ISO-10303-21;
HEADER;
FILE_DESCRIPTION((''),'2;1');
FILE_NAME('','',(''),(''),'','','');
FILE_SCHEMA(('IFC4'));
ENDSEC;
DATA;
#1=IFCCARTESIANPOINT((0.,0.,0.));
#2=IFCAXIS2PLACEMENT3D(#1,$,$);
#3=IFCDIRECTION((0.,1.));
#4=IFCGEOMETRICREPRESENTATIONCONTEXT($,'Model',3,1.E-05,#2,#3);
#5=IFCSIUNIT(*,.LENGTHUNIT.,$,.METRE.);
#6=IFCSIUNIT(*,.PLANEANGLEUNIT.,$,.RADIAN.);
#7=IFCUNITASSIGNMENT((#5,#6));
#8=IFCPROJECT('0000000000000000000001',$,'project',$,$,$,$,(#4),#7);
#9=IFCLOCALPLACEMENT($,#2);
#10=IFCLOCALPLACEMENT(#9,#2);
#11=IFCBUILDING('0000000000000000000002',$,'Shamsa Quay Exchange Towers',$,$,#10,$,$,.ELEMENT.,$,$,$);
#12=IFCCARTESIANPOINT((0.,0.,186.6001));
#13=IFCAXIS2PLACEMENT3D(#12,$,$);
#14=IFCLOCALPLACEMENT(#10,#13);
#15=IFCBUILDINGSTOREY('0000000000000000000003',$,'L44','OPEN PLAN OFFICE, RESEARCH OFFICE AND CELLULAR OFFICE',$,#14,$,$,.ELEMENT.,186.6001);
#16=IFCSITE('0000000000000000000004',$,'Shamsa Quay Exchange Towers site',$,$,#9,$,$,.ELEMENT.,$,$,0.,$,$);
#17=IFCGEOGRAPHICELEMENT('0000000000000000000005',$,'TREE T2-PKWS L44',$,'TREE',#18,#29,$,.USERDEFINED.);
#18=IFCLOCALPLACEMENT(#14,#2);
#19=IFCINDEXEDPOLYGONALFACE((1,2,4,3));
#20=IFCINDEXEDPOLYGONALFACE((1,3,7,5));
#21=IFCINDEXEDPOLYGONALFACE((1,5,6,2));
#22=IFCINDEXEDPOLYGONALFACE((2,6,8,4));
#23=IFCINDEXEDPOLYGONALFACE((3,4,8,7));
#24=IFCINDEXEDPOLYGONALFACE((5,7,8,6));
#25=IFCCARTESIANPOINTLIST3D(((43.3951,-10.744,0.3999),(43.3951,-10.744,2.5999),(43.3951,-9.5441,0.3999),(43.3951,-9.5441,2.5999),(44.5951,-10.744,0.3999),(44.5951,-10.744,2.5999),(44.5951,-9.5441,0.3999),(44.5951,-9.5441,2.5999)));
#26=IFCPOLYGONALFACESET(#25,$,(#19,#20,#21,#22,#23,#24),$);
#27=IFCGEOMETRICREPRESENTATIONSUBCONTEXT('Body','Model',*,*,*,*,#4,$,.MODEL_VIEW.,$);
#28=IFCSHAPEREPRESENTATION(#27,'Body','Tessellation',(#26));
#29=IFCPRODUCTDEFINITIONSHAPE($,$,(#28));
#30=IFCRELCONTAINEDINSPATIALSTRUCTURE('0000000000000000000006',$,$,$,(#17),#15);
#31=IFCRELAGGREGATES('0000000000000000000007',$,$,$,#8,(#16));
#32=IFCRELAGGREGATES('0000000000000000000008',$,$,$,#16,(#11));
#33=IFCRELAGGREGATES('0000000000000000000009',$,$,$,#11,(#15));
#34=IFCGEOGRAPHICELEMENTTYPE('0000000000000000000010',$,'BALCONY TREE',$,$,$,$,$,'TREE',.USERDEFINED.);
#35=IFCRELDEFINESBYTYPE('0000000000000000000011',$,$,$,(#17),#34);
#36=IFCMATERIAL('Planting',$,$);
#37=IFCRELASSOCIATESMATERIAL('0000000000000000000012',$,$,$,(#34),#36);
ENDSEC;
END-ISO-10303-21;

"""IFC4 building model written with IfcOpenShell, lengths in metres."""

from ifc_helpers import new_model, si_unit, direction, frame, origin, origin_2d, place, context, subcontext, project, spatial, rectangle, extrude, material, type_object, element, save


model = new_model("IFC4")

# Units and contexts
model_context = context("Model", 3, precision=1e-05, world=origin(), true_north=direction((0.0, 1.0)))
body_context = subcontext(model_context, "Body", "Model", "MODEL_VIEW")
ifc_project = project(units=[si_unit("LENGTHUNIT", "METRE"), si_unit("PLANEANGLEUNIT", "RADIAN")], contexts=[model_context])

# Site, building, storey
site_placement = place(None, origin())
site = spatial("IfcSite", under=ifc_project, at=site_placement, Name="Shamsa Quay Exchange Towers site", CompositionType="ELEMENT", RefElevation=0.0)
building_placement = place(site_placement, origin())
building = spatial("IfcBuilding", under=site, at=building_placement, Name="Shamsa Quay Exchange Towers", CompositionType="ELEMENT")
storey_placement = place(building_placement, frame((0.0, 0.0, 186.6001)))
storey = spatial("IfcBuildingStorey", under=building, at=storey_placement, Name="L44", Description="OPEN PLAN OFFICE, RESEARCH OFFICE AND CELLULAR OFFICE", CompositionType="ELEMENT", Elevation=186.6001)

# Geographic element
ifc_material_1 = material(Name="Planting")
geographic_element_type = type_object("IfcGeographicElementType", Name="BALCONY TREE", ElementType="TREE", PredefinedType="USERDEFINED", material=ifc_material_1)
geographic_element_placement = place(storey_placement, frame((43.9951, -10.144, 0.3999), z_axis=(0.0, 0.0, 1.0), x_axis=(0.0, 1.0, 0.0)))
element("IfcGeographicElement", 1, at=geographic_element_placement, inside=storey, type_object=geographic_element_type, Name="TREE T2-PKWS L44", ObjectType="TREE", PredefinedType="USERDEFINED", context=body_context, shape_type="SweptSolid", body=[
    extrude(rectangle(XDim=1.2, YDim=1.2, at=origin_2d()), origin(), (0.0, 0.0, 1.0), 2.2),
])

save(model, "model.ifc")
